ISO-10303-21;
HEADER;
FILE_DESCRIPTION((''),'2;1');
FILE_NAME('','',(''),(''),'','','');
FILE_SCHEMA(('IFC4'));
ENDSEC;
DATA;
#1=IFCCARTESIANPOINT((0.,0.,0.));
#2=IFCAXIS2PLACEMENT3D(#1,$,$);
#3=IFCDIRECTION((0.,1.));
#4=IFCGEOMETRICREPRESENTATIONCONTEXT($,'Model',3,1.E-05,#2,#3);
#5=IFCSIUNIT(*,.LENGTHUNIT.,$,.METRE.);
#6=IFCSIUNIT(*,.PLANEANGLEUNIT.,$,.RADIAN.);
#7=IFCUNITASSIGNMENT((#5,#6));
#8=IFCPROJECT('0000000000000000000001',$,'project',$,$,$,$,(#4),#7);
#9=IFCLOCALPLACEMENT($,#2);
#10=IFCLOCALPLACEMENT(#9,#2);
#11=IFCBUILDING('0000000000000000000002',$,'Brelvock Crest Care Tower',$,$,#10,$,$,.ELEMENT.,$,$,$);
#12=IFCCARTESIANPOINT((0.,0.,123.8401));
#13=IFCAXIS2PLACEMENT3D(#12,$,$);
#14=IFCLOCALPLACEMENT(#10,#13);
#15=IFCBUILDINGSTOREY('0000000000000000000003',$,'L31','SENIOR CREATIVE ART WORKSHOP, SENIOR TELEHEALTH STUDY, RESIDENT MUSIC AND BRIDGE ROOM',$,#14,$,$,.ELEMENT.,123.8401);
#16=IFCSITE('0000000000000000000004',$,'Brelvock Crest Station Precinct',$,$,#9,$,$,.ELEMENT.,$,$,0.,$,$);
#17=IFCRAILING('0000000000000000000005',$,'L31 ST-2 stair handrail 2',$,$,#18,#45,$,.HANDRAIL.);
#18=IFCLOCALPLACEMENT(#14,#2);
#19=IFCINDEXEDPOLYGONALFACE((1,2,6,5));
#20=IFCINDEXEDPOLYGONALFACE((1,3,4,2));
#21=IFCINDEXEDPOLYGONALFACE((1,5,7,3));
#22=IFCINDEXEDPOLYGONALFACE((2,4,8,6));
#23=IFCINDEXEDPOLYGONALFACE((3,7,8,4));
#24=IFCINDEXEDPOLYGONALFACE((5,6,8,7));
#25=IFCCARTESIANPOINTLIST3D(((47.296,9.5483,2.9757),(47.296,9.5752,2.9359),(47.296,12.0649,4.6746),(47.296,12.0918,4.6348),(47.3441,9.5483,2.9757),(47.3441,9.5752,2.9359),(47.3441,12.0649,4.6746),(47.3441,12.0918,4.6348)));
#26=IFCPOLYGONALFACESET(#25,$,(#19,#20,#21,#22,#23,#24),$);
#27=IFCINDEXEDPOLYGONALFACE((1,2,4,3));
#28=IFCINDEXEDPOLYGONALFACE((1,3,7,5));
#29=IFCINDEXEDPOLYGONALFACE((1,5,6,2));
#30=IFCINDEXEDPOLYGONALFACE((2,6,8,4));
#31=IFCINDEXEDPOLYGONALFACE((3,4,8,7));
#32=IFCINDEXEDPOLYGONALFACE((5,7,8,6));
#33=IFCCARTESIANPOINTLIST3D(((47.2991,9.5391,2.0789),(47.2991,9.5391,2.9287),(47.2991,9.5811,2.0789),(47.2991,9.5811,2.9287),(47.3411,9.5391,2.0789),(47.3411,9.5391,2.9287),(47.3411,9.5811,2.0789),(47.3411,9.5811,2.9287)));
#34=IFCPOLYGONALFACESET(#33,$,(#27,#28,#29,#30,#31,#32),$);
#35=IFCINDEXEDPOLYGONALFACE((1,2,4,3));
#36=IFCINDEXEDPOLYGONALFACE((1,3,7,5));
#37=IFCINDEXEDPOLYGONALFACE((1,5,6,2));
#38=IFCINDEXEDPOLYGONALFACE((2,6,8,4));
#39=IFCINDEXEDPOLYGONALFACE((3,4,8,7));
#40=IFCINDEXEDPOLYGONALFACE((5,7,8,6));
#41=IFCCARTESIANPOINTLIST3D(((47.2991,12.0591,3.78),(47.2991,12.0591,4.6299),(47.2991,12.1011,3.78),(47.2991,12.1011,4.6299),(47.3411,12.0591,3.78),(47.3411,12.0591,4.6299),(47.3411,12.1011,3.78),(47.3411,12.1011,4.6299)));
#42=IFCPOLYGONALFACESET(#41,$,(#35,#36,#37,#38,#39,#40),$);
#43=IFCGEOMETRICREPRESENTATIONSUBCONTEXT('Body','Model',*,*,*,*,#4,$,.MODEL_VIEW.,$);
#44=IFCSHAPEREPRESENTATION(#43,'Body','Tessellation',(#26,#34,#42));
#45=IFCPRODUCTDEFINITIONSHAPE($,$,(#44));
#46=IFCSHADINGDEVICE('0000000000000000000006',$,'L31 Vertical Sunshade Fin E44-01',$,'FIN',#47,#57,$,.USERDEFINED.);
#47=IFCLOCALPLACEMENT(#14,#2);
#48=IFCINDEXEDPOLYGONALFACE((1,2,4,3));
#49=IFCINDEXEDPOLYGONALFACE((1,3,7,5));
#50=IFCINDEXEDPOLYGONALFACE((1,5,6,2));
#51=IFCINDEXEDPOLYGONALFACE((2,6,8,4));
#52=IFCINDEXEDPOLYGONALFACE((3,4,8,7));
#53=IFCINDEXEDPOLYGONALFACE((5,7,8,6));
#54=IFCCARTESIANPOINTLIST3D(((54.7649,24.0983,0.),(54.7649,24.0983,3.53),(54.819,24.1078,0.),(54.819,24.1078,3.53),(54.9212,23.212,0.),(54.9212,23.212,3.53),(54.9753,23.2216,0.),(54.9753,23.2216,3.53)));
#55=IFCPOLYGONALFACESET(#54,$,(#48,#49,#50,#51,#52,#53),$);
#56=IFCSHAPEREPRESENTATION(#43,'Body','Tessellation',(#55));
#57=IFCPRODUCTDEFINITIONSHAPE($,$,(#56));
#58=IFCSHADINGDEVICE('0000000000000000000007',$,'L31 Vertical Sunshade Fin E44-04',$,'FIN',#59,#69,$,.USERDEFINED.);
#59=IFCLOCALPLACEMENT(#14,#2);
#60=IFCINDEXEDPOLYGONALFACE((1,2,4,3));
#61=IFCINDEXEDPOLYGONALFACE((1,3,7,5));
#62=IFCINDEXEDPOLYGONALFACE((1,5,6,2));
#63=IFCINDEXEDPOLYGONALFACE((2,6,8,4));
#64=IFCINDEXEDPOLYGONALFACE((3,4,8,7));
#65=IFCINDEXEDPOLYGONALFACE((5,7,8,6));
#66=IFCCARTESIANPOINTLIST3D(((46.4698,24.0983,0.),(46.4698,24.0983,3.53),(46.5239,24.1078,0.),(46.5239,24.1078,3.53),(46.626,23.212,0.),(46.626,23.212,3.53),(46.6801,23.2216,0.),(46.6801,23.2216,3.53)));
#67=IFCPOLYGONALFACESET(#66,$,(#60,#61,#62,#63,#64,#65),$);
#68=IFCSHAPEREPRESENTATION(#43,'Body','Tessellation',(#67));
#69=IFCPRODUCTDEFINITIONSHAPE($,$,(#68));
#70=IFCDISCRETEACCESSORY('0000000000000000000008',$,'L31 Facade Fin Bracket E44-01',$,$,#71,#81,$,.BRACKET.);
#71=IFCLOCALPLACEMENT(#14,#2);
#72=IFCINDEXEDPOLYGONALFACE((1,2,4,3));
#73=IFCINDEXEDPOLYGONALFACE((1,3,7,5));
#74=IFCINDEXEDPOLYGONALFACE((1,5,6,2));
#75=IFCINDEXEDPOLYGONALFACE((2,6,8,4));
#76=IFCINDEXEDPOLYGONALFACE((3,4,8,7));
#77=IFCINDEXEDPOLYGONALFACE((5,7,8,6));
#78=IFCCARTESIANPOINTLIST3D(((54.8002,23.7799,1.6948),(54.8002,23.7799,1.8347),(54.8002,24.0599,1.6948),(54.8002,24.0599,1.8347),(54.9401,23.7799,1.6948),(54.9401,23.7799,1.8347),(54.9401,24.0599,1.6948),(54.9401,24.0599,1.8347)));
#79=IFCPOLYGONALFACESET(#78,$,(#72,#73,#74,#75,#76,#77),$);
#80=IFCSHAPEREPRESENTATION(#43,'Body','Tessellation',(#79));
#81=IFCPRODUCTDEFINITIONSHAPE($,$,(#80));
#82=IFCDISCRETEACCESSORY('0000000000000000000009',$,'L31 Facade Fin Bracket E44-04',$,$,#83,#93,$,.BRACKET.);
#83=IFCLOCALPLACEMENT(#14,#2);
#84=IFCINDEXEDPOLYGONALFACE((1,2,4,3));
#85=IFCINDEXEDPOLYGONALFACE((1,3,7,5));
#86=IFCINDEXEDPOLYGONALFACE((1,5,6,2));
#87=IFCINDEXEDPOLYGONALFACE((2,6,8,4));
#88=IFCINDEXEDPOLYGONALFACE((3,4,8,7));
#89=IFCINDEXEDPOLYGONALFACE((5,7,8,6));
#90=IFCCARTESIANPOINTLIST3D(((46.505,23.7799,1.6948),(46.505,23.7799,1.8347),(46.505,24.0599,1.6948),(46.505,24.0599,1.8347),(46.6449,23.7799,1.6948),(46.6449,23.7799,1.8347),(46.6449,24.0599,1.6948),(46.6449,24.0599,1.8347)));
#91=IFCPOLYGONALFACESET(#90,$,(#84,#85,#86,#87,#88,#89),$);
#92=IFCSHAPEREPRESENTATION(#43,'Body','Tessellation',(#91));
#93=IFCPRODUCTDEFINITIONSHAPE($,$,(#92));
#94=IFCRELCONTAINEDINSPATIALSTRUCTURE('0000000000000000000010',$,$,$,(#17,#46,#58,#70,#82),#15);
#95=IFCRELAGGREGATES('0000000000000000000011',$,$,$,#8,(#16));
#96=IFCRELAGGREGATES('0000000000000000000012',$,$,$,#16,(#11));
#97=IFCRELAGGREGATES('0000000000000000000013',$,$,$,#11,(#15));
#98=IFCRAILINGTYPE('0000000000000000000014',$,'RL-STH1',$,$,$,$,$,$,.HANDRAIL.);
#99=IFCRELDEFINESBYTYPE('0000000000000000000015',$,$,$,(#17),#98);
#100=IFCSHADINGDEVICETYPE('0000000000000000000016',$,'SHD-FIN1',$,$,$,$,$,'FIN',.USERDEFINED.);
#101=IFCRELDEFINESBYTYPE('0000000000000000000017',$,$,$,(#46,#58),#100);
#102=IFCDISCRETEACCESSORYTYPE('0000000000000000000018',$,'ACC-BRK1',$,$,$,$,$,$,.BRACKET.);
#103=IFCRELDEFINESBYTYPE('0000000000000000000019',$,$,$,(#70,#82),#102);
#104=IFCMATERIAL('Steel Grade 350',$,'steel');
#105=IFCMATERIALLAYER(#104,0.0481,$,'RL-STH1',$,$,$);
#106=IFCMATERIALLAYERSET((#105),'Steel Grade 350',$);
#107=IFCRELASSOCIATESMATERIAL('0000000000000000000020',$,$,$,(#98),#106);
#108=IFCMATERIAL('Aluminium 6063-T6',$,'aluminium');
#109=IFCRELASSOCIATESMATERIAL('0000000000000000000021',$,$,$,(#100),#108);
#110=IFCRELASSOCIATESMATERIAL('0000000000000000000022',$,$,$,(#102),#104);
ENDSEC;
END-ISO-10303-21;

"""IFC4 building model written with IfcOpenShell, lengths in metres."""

from ifc_helpers import new_model, si_unit, direction, frame, origin, origin_2d, place, context, subcontext, project, spatial, rectangle, extrude, source, transform, mapped, material, layer, layer_set, material_profile, profile_set, type_object, element, save


model = new_model("IFC4")

# Units and contexts
model_context = context("Model", 3, precision=1e-05, world=origin(), true_north=direction((0.0, 1.0)))
body_context = subcontext(model_context, "Body", "Model", "MODEL_VIEW")
ifc_project = project(units=[si_unit("LENGTHUNIT", "METRE"), si_unit("PLANEANGLEUNIT", "RADIAN")], contexts=[model_context])

# Site, building, storey
site_placement = place(None, origin())
site = spatial("IfcSite", under=ifc_project, at=site_placement, Name="Brelvock Crest Station Precinct", CompositionType="ELEMENT", RefElevation=0.0)
building_placement = place(site_placement, origin())
building = spatial("IfcBuilding", under=site, at=building_placement, Name="Brelvock Crest Care Tower", CompositionType="ELEMENT")
storey_placement = place(building_placement, frame((0.0, 0.0, 123.8401)))
storey = spatial("IfcBuildingStorey", under=building, at=storey_placement, Name="L31", Description="SENIOR CREATIVE ART WORKSHOP, SENIOR TELEHEALTH STUDY, RESIDENT MUSIC AND BRIDGE ROOM", CompositionType="ELEMENT", Elevation=123.8401)

# Shared definitions
ifc_material_1 = material(Name="Steel Grade 350", Category="steel")

# Shared definitions
ifc_material_2 = material(Name="Aluminium 6063-T6", Category="aluminium")

# Railing
ifc_layer_1 = layer(ifc_material_1, 0.0481, Name="RL-STH1")
ifc_layer_set_1 = layer_set([ifc_layer_1], Name="Steel Grade 350")
railing_type_1 = type_object("IfcRailingType", Name="RL-STH1", PredefinedType="HANDRAIL", material=ifc_layer_set_1)
railing_1_placement = place(storey_placement, frame((47.3201, 9.5601, 2.0789)))
element("IfcRailing", 1, at=railing_1_placement, inside=storey, type_object=railing_type_1, Name="L31 ST-2 stair handrail 2", PredefinedType="HANDRAIL", context=body_context, shape_type="SweptSolid", body=[
    extrude(rectangle(XDim=0.0481, YDim=0.0481, at=origin_2d()), frame((0.0, 0.0017, 0.877), z_axis=(0.0, 0.828824, 0.559509), x_axis=(-1.0, 0.0, 0.0)), (0.0, 0.0, 1.0), 3.0364),
    extrude(rectangle(XDim=0.042, YDim=0.042, at=origin_2d()), origin(), (0.0, 0.0, 1.0), 0.8499),
    extrude(rectangle(XDim=0.042, YDim=0.042, at=origin_2d()), frame((0.0, 2.52, 1.7012)), (0.0, 0.0, 1.0), 0.8499),
])

# Shading devices
ifc_material_profile_1 = material_profile(ifc_material_2, rectangle(XDim=0.0549, YDim=0.8999, at=origin_2d()), Name="FIN55x900")
ifc_profile_set_1 = profile_set([ifc_material_profile_1], Name="Aluminium 6063-T6")
shading_device_type = type_object("IfcShadingDeviceType", Name="SHD-FIN1", ElementType="FIN", PredefinedType="USERDEFINED", material=ifc_profile_set_1)
shared_shape_1 = source(origin(), body_context, "Body", "SweptSolid", [
    extrude(rectangle(XDim=0.0549, YDim=0.8999, at=origin_2d()), origin(), (0.0, 0.0, 1.0), 3.53),
])
for number, where, z_axis, x_axis, name in (
    (2, (54.8701, 23.6599, 0.0), (0.0, 0.0, 1.0), (-0.984808, -0.173648, 0.0), "L31 Vertical Sunshade Fin E44-01"),
    (3, (46.575, 23.6599, 0.0), (0.0, 0.0, 1.0), (-0.984808, -0.173648, 0.0), "L31 Vertical Sunshade Fin E44-04"),
):
    element("IfcShadingDevice", number, at=place(storey_placement, frame(where, z_axis=z_axis, x_axis=x_axis)), inside=storey, type_object=shading_device_type, Name=name, ObjectType="FIN", PredefinedType="USERDEFINED", context=body_context, shape_type="MappedRepresentation", body=[
        mapped(shared_shape_1, transform((0.0, 0.0, 0.0), x_axis=(1.0, 0.0, 0.0), y_axis=(0.0, 1.0, 0.0), z_axis=(0.0, 0.0, 1.0), scale=1.0)),
    ])

# Discrete accessories
discrete_accessory_type = type_object("IfcDiscreteAccessoryType", Name="ACC-BRK1", PredefinedType="BRACKET", material=ifc_material_1)
shared_shape_2 = source(origin(), body_context, "Body", "SweptSolid", [
    extrude(rectangle(XDim=0.28, YDim=0.1399, at=origin_2d()), origin(), (0.0, 0.0, 1.0), 0.1399),
])
for number, where, z_axis, x_axis, name in (
    (4, (54.8701, 23.9199, 1.6948), (0.0, 0.0, 1.0), (0.0, -1.0, 0.0), "L31 Facade Fin Bracket E44-01"),
    (5, (46.575, 23.9199, 1.6948), (0.0, 0.0, 1.0), (0.0, -1.0, 0.0), "L31 Facade Fin Bracket E44-04"),
):
    element("IfcDiscreteAccessory", number, at=place(storey_placement, frame(where, z_axis=z_axis, x_axis=x_axis)), inside=storey, type_object=discrete_accessory_type, Name=name, PredefinedType="BRACKET", context=body_context, shape_type="MappedRepresentation", body=[
        mapped(shared_shape_2, transform((0.0, 0.0, 0.0), x_axis=(1.0, 0.0, 0.0), y_axis=(0.0, 1.0, 0.0), z_axis=(0.0, 0.0, 1.0), scale=1.0)),
    ])

save(model, "model.ifc")
